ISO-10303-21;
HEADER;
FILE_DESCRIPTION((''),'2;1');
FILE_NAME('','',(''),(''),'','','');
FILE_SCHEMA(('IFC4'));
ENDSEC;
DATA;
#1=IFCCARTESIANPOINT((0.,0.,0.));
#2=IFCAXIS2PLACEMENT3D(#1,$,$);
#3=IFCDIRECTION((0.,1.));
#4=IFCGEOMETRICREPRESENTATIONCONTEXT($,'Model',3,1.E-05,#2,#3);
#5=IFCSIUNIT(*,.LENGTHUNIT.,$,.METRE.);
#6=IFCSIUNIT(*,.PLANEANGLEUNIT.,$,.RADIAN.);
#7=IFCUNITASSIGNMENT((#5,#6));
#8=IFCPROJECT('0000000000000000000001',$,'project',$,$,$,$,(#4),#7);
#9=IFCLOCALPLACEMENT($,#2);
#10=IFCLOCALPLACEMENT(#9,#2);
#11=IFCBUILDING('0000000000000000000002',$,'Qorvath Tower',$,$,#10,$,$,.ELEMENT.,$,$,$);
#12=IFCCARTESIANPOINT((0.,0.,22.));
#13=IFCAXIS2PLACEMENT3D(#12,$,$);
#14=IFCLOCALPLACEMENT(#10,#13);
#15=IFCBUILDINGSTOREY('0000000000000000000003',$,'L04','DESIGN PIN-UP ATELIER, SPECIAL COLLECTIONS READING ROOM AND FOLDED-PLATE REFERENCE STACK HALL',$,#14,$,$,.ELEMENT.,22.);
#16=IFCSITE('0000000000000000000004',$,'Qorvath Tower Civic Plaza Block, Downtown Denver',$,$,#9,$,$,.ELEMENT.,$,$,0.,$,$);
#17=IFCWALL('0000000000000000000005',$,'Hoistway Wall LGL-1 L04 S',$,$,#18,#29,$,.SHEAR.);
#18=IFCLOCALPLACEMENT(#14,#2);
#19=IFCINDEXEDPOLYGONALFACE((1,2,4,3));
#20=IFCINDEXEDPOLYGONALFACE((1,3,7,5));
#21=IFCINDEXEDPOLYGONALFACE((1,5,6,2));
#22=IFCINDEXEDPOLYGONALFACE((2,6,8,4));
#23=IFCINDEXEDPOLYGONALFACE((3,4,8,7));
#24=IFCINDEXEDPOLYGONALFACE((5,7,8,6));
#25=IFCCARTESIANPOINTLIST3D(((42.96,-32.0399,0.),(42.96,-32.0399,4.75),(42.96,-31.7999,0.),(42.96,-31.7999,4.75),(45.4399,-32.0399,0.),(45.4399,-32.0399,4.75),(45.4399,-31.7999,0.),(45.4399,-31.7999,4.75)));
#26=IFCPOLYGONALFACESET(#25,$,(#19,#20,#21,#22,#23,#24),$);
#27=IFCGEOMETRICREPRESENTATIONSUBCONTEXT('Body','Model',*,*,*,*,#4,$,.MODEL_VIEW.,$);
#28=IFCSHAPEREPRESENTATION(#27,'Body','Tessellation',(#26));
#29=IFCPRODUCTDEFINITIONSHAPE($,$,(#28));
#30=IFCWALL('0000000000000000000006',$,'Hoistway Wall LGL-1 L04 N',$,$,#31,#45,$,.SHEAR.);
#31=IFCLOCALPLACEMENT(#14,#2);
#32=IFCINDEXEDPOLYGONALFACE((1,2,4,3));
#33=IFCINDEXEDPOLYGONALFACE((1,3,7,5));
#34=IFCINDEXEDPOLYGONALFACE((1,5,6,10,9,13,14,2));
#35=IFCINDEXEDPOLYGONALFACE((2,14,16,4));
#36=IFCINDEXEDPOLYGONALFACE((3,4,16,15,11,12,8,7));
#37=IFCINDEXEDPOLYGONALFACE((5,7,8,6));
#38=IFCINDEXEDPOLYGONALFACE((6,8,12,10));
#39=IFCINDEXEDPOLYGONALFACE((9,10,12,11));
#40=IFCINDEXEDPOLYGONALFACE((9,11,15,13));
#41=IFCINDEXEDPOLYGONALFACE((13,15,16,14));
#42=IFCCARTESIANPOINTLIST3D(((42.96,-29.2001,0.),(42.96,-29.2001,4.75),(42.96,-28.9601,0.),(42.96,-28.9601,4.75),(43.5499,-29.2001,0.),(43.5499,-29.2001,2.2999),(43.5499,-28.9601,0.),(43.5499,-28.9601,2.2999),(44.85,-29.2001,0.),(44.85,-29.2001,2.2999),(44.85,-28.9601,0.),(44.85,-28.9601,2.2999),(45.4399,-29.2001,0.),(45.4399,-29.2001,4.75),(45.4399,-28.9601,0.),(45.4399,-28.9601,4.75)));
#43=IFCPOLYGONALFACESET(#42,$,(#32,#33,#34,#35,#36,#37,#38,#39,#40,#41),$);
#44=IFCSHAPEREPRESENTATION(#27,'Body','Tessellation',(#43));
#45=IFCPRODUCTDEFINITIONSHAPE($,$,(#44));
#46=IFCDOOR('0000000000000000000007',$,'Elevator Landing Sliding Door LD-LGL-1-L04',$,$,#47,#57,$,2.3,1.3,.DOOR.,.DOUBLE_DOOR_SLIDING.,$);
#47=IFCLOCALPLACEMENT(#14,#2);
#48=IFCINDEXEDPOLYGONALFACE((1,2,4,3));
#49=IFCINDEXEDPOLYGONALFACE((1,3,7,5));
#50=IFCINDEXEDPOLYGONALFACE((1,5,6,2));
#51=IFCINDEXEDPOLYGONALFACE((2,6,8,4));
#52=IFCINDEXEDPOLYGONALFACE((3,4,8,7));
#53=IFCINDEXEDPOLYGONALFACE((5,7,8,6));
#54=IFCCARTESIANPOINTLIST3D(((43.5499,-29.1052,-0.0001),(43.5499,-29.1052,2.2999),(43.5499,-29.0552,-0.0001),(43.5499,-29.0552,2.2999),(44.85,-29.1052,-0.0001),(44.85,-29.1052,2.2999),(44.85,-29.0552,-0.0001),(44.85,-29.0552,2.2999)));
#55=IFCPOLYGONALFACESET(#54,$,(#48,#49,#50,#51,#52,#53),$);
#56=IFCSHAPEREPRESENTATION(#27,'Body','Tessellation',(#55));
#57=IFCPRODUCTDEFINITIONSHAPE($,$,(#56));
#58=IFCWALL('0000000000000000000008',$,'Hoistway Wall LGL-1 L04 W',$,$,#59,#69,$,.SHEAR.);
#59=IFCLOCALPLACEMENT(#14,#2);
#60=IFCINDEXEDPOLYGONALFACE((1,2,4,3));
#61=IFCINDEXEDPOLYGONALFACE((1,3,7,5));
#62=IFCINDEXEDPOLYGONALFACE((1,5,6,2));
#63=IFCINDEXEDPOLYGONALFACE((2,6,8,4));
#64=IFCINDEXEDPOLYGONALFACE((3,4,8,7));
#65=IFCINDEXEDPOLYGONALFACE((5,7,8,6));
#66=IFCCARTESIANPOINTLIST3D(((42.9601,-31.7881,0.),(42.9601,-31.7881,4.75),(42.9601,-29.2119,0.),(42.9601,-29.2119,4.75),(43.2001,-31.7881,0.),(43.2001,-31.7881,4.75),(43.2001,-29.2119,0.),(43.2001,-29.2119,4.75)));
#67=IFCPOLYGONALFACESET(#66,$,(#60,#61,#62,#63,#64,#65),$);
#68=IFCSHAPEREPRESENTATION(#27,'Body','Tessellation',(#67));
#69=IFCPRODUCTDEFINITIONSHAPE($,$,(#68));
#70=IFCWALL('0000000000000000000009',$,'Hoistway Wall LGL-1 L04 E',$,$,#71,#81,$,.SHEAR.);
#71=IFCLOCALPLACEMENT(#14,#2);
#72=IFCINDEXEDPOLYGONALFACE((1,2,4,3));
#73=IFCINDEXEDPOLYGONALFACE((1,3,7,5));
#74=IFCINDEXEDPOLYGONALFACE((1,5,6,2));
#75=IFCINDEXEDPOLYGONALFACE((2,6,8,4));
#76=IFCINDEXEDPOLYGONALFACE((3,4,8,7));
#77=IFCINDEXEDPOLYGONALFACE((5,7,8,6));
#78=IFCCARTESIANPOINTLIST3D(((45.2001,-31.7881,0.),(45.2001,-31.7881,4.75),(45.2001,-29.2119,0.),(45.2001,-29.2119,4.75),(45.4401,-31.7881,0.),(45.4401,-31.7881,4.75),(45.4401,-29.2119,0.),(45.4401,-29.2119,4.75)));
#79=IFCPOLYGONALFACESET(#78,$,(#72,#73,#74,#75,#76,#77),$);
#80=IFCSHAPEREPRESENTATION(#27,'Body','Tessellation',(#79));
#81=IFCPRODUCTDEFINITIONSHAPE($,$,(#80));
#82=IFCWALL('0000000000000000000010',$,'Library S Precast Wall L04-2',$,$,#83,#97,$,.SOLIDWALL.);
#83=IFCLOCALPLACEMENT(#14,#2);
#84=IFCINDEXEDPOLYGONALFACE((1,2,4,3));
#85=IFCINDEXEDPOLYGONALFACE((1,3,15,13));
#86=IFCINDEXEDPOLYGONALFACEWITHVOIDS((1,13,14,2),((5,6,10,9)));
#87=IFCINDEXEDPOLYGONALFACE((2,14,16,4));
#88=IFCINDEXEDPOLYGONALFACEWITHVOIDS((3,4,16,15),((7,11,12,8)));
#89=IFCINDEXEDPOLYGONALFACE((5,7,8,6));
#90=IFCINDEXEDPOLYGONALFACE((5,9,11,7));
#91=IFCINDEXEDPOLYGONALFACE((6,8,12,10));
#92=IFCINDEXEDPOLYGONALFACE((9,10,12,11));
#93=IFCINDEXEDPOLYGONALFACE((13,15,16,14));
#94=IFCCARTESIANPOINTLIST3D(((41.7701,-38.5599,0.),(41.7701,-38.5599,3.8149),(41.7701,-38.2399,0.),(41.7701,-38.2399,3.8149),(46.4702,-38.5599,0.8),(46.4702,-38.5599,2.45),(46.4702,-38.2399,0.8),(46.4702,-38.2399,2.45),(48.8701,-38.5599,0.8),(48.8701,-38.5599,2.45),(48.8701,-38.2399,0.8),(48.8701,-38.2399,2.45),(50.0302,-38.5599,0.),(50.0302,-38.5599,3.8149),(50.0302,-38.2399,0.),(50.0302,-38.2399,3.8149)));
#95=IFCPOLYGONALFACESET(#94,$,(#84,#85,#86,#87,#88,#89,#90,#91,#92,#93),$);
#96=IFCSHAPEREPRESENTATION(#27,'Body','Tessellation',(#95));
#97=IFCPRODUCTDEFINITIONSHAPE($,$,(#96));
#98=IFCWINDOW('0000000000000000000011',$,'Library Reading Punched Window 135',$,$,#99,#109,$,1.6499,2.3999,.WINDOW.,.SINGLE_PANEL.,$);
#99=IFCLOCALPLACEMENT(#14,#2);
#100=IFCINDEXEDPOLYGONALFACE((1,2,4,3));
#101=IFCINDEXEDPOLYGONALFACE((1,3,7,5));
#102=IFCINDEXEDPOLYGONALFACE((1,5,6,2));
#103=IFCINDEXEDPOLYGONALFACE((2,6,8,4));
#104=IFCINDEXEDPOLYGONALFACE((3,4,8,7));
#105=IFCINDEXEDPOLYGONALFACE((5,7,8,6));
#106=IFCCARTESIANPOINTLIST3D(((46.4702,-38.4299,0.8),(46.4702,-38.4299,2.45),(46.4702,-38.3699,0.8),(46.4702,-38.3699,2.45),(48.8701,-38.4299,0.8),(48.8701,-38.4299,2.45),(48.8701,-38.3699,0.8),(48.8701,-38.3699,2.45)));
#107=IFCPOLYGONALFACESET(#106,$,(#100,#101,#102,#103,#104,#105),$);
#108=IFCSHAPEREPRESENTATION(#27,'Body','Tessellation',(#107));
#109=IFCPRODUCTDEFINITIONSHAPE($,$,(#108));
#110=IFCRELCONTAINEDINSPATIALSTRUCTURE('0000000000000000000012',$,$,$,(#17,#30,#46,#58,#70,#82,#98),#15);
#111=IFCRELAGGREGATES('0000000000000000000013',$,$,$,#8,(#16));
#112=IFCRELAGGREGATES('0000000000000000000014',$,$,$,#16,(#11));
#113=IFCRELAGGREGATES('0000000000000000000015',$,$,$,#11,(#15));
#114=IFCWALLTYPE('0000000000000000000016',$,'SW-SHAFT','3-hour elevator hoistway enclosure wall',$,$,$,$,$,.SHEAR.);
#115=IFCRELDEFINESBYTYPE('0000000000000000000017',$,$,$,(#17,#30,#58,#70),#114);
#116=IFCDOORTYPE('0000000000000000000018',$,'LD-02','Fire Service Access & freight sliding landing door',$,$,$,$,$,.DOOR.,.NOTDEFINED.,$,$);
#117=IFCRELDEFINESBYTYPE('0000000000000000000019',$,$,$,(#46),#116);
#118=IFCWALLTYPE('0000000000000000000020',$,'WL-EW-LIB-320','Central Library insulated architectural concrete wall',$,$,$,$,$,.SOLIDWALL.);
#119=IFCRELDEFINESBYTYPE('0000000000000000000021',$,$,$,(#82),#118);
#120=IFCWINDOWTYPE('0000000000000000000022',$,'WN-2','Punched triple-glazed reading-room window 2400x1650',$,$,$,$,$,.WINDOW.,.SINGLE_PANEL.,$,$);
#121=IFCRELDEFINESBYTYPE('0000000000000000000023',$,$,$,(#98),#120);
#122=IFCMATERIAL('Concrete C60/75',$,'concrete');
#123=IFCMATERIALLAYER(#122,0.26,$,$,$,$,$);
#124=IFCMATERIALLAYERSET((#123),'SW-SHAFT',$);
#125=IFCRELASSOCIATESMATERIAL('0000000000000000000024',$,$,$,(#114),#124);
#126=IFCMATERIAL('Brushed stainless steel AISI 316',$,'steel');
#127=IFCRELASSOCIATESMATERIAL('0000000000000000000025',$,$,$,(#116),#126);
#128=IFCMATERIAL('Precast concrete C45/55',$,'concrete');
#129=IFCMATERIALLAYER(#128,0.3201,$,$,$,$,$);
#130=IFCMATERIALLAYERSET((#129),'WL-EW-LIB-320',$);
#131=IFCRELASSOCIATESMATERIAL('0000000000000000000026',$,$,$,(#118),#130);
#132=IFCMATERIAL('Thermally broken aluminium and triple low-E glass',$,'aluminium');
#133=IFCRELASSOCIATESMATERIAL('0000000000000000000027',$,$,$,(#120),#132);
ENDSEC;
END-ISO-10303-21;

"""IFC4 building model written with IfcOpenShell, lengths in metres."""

from ifc_helpers import new_model, si_unit, direction, frame, frame_2d, origin, place, context, subcontext, project, spatial, rectangle, extrude, material, layer, layer_set, type_object, element, fill, save


model = new_model("IFC4")

# Units and contexts
model_context = context("Model", 3, precision=1e-05, world=origin(), true_north=direction((0.0, 1.0)))
body_context = subcontext(model_context, "Body", "Model", "MODEL_VIEW")
ifc_project = project(units=[si_unit("LENGTHUNIT", "METRE"), si_unit("PLANEANGLEUNIT", "RADIAN")], contexts=[model_context])

# Site, building, storey
site_placement = place(None, origin())
site = spatial("IfcSite", under=ifc_project, at=site_placement, Name="Qorvath Tower Civic Plaza Block, Downtown Denver", CompositionType="ELEMENT", RefElevation=0.0)
building_placement = place(site_placement, origin())
building = spatial("IfcBuilding", under=site, at=building_placement, Name="Qorvath Tower", CompositionType="ELEMENT")
storey_placement = place(building_placement, frame((0.0, 0.0, 22.0)))
storey = spatial("IfcBuildingStorey", under=building, at=storey_placement, Name="L04", Description="DESIGN PIN-UP ATELIER, SPECIAL COLLECTIONS READING ROOM AND FOLDED-PLATE REFERENCE STACK HALL", CompositionType="ELEMENT", Elevation=22.0)

# Wall
ifc_material_1 = material(Name="Concrete C60/75", Category="concrete")
ifc_layer_1 = layer(ifc_material_1, 0.26)
ifc_layer_set_1 = layer_set([ifc_layer_1], Name="SW-SHAFT")
wall_type_1 = type_object("IfcWallType", Name="SW-SHAFT", Description="3-hour elevator hoistway enclosure wall", PredefinedType="SHEAR", material=ifc_layer_set_1)
wall_1_placement = place(storey_placement, frame((45.4399, -31.9199, 0.0), z_axis=(0.0, 0.0, 1.0), x_axis=(-1.0, 0.0, 0.0)))
element("IfcWall", 1, at=wall_1_placement, inside=storey, type_object=wall_type_1, Name="Hoistway Wall LGL-1 L04 S", PredefinedType="SHEAR", context=body_context, shape_type="SweptSolid", body=[
    extrude(rectangle(XDim=2.48, YDim=0.24, at=frame_2d((1.24, 0.0))), origin(), (0.0, 0.0, 1.0), 4.75),
])

# Wall, opening, door
wall_2_placement = place(storey_placement, frame((42.96, -29.0801, 0.0), z_axis=(0.0, 0.0, 1.0), x_axis=(1.0, 0.0, 0.0)))
wall_2 = element("IfcWall", 2, at=wall_2_placement, inside=storey, type_object=wall_type_1, Name="Hoistway Wall LGL-1 L04 N", PredefinedType="SHEAR", context=body_context, shape_type="SweptSolid", body=[
    extrude(rectangle(XDim=2.48, YDim=0.24, at=frame_2d((1.24, 0.0))), origin(), (0.0, 0.0, 1.0), 4.75),
])
opening_1_placement = place(wall_2_placement, frame((0.5901, 0.0, 0.0)))
opening_1 = element("IfcOpeningElement", 3, at=opening_1_placement, cuts=wall_2, PredefinedType="OPENING", context=body_context, shape_type="SweptSolid", body=[
    extrude(rectangle(XDim=1.3, YDim=2.3, at=frame_2d((0.6499, 1.1499))), frame((0.0, 0.1299, 0.0), z_axis=(0.0, -1.0, 0.0), x_axis=(1.0, 0.0, 0.0)), (0.0, 0.0, 1.0), 0.26),
])
ifc_material_2 = material(Name="Brushed stainless steel AISI 316", Category="steel")
door_type = type_object("IfcDoorType", Name="LD-02", Description="Fire Service Access & freight sliding landing door", OperationType="NOTDEFINED", PredefinedType="DOOR", material=ifc_material_2)
door_placement = place(opening_1_placement, origin())
door = element("IfcDoor", 4, at=door_placement, inside=storey, type_object=door_type, Name="Elevator Landing Sliding Door LD-LGL-1-L04", OperationType="DOUBLE_DOOR_SLIDING", OverallHeight=2.3, OverallWidth=1.3, PredefinedType="DOOR", context=body_context, shape_type="SweptSolid", body=[
    extrude(rectangle(XDim=1.3, YDim=2.3, at=frame_2d((0.6499, 1.1499))), frame((0.0, 0.0249, 0.0), z_axis=(0.0, -1.0, 0.0), x_axis=(1.0, 0.0, 0.0)), (0.0, 0.0, 1.0), 0.05),
])
fill(opening_1, door)

# Walls
for number, where, z_axis, x_axis, name in (
    (5, (43.0801, -31.7881, 0.0), (0.0, 0.0, 1.0), (0.0, 1.0, 0.0), "Hoistway Wall LGL-1 L04 W"),
    (6, (45.3201, -29.2119, 0.0), (0.0, 0.0, 1.0), (0.0, -1.0, 0.0), "Hoistway Wall LGL-1 L04 E"),
):
    element("IfcWall", number, at=place(storey_placement, frame(where, z_axis=z_axis, x_axis=x_axis)), inside=storey, type_object=wall_type_1, Name=name, PredefinedType="SHEAR", context=body_context, shape_type="SweptSolid", body=[
        extrude(rectangle(XDim=2.5762, YDim=0.24, at=frame_2d((1.2881, 0.0))), origin(), (0.0, 0.0, 1.0), 4.75),
    ])

# Wall, opening, window
ifc_material_3 = material(Name="Precast concrete C45/55", Category="concrete")
ifc_layer_2 = layer(ifc_material_3, 0.3201)
ifc_layer_set_2 = layer_set([ifc_layer_2], Name="WL-EW-LIB-320")
wall_type_2 = type_object("IfcWallType", Name="WL-EW-LIB-320", Description="Central Library insulated architectural concrete wall", PredefinedType="SOLIDWALL", material=ifc_layer_set_2)
wall_3_placement = place(storey_placement, frame((50.03, -38.3999, 0.0), z_axis=(0.0, 0.0, 1.0), x_axis=(-1.0, 0.0, 0.0)))
wall_3 = element("IfcWall", 7, at=wall_3_placement, inside=storey, type_object=wall_type_2, Name="Library S Precast Wall L04-2", PredefinedType="SOLIDWALL", context=body_context, shape_type="SweptSolid", body=[
    extrude(rectangle(XDim=8.26, YDim=0.3201, at=frame_2d((4.1299, 0.0))), origin(), (0.0, 0.0, 1.0), 3.8149),
])
opening_2_placement = place(wall_3_placement, frame((1.1599, 0.0, 0.8)))
opening_2 = element("IfcOpeningElement", 8, at=opening_2_placement, cuts=wall_3, PredefinedType="OPENING", context=body_context, shape_type="SweptSolid", body=[
    extrude(rectangle(XDim=2.3999, YDim=1.6499, at=frame_2d((1.2, 0.825))), frame((0.0, 0.1699, 0.0), z_axis=(0.0, -1.0, 0.0), x_axis=(1.0, 0.0, 0.0)), (0.0, 0.0, 1.0), 0.3401),
])
ifc_material_4 = material(Name="Thermally broken aluminium and triple low-E glass", Category="aluminium")
window_type = type_object("IfcWindowType", Name="WN-2", Description="Punched triple-glazed reading-room window 2400x1650", PartitioningType="SINGLE_PANEL", PredefinedType="WINDOW", material=ifc_material_4)
window_placement = place(opening_2_placement, origin())
window = element("IfcWindow", 9, at=window_placement, inside=storey, type_object=window_type, Name="Library Reading Punched Window 135", OverallHeight=1.6499, OverallWidth=2.3999, PartitioningType="SINGLE_PANEL", PredefinedType="WINDOW", context=body_context, shape_type="SweptSolid", body=[
    extrude(rectangle(XDim=2.3999, YDim=1.6499, at=frame_2d((1.2, 0.825))), frame((0.0, 0.03, 0.0), z_axis=(0.0, -1.0, 0.0), x_axis=(1.0, 0.0, 0.0)), (0.0, 0.0, 1.0), 0.0601),
])
fill(opening_2, window)

save(model, "model.ifc")
